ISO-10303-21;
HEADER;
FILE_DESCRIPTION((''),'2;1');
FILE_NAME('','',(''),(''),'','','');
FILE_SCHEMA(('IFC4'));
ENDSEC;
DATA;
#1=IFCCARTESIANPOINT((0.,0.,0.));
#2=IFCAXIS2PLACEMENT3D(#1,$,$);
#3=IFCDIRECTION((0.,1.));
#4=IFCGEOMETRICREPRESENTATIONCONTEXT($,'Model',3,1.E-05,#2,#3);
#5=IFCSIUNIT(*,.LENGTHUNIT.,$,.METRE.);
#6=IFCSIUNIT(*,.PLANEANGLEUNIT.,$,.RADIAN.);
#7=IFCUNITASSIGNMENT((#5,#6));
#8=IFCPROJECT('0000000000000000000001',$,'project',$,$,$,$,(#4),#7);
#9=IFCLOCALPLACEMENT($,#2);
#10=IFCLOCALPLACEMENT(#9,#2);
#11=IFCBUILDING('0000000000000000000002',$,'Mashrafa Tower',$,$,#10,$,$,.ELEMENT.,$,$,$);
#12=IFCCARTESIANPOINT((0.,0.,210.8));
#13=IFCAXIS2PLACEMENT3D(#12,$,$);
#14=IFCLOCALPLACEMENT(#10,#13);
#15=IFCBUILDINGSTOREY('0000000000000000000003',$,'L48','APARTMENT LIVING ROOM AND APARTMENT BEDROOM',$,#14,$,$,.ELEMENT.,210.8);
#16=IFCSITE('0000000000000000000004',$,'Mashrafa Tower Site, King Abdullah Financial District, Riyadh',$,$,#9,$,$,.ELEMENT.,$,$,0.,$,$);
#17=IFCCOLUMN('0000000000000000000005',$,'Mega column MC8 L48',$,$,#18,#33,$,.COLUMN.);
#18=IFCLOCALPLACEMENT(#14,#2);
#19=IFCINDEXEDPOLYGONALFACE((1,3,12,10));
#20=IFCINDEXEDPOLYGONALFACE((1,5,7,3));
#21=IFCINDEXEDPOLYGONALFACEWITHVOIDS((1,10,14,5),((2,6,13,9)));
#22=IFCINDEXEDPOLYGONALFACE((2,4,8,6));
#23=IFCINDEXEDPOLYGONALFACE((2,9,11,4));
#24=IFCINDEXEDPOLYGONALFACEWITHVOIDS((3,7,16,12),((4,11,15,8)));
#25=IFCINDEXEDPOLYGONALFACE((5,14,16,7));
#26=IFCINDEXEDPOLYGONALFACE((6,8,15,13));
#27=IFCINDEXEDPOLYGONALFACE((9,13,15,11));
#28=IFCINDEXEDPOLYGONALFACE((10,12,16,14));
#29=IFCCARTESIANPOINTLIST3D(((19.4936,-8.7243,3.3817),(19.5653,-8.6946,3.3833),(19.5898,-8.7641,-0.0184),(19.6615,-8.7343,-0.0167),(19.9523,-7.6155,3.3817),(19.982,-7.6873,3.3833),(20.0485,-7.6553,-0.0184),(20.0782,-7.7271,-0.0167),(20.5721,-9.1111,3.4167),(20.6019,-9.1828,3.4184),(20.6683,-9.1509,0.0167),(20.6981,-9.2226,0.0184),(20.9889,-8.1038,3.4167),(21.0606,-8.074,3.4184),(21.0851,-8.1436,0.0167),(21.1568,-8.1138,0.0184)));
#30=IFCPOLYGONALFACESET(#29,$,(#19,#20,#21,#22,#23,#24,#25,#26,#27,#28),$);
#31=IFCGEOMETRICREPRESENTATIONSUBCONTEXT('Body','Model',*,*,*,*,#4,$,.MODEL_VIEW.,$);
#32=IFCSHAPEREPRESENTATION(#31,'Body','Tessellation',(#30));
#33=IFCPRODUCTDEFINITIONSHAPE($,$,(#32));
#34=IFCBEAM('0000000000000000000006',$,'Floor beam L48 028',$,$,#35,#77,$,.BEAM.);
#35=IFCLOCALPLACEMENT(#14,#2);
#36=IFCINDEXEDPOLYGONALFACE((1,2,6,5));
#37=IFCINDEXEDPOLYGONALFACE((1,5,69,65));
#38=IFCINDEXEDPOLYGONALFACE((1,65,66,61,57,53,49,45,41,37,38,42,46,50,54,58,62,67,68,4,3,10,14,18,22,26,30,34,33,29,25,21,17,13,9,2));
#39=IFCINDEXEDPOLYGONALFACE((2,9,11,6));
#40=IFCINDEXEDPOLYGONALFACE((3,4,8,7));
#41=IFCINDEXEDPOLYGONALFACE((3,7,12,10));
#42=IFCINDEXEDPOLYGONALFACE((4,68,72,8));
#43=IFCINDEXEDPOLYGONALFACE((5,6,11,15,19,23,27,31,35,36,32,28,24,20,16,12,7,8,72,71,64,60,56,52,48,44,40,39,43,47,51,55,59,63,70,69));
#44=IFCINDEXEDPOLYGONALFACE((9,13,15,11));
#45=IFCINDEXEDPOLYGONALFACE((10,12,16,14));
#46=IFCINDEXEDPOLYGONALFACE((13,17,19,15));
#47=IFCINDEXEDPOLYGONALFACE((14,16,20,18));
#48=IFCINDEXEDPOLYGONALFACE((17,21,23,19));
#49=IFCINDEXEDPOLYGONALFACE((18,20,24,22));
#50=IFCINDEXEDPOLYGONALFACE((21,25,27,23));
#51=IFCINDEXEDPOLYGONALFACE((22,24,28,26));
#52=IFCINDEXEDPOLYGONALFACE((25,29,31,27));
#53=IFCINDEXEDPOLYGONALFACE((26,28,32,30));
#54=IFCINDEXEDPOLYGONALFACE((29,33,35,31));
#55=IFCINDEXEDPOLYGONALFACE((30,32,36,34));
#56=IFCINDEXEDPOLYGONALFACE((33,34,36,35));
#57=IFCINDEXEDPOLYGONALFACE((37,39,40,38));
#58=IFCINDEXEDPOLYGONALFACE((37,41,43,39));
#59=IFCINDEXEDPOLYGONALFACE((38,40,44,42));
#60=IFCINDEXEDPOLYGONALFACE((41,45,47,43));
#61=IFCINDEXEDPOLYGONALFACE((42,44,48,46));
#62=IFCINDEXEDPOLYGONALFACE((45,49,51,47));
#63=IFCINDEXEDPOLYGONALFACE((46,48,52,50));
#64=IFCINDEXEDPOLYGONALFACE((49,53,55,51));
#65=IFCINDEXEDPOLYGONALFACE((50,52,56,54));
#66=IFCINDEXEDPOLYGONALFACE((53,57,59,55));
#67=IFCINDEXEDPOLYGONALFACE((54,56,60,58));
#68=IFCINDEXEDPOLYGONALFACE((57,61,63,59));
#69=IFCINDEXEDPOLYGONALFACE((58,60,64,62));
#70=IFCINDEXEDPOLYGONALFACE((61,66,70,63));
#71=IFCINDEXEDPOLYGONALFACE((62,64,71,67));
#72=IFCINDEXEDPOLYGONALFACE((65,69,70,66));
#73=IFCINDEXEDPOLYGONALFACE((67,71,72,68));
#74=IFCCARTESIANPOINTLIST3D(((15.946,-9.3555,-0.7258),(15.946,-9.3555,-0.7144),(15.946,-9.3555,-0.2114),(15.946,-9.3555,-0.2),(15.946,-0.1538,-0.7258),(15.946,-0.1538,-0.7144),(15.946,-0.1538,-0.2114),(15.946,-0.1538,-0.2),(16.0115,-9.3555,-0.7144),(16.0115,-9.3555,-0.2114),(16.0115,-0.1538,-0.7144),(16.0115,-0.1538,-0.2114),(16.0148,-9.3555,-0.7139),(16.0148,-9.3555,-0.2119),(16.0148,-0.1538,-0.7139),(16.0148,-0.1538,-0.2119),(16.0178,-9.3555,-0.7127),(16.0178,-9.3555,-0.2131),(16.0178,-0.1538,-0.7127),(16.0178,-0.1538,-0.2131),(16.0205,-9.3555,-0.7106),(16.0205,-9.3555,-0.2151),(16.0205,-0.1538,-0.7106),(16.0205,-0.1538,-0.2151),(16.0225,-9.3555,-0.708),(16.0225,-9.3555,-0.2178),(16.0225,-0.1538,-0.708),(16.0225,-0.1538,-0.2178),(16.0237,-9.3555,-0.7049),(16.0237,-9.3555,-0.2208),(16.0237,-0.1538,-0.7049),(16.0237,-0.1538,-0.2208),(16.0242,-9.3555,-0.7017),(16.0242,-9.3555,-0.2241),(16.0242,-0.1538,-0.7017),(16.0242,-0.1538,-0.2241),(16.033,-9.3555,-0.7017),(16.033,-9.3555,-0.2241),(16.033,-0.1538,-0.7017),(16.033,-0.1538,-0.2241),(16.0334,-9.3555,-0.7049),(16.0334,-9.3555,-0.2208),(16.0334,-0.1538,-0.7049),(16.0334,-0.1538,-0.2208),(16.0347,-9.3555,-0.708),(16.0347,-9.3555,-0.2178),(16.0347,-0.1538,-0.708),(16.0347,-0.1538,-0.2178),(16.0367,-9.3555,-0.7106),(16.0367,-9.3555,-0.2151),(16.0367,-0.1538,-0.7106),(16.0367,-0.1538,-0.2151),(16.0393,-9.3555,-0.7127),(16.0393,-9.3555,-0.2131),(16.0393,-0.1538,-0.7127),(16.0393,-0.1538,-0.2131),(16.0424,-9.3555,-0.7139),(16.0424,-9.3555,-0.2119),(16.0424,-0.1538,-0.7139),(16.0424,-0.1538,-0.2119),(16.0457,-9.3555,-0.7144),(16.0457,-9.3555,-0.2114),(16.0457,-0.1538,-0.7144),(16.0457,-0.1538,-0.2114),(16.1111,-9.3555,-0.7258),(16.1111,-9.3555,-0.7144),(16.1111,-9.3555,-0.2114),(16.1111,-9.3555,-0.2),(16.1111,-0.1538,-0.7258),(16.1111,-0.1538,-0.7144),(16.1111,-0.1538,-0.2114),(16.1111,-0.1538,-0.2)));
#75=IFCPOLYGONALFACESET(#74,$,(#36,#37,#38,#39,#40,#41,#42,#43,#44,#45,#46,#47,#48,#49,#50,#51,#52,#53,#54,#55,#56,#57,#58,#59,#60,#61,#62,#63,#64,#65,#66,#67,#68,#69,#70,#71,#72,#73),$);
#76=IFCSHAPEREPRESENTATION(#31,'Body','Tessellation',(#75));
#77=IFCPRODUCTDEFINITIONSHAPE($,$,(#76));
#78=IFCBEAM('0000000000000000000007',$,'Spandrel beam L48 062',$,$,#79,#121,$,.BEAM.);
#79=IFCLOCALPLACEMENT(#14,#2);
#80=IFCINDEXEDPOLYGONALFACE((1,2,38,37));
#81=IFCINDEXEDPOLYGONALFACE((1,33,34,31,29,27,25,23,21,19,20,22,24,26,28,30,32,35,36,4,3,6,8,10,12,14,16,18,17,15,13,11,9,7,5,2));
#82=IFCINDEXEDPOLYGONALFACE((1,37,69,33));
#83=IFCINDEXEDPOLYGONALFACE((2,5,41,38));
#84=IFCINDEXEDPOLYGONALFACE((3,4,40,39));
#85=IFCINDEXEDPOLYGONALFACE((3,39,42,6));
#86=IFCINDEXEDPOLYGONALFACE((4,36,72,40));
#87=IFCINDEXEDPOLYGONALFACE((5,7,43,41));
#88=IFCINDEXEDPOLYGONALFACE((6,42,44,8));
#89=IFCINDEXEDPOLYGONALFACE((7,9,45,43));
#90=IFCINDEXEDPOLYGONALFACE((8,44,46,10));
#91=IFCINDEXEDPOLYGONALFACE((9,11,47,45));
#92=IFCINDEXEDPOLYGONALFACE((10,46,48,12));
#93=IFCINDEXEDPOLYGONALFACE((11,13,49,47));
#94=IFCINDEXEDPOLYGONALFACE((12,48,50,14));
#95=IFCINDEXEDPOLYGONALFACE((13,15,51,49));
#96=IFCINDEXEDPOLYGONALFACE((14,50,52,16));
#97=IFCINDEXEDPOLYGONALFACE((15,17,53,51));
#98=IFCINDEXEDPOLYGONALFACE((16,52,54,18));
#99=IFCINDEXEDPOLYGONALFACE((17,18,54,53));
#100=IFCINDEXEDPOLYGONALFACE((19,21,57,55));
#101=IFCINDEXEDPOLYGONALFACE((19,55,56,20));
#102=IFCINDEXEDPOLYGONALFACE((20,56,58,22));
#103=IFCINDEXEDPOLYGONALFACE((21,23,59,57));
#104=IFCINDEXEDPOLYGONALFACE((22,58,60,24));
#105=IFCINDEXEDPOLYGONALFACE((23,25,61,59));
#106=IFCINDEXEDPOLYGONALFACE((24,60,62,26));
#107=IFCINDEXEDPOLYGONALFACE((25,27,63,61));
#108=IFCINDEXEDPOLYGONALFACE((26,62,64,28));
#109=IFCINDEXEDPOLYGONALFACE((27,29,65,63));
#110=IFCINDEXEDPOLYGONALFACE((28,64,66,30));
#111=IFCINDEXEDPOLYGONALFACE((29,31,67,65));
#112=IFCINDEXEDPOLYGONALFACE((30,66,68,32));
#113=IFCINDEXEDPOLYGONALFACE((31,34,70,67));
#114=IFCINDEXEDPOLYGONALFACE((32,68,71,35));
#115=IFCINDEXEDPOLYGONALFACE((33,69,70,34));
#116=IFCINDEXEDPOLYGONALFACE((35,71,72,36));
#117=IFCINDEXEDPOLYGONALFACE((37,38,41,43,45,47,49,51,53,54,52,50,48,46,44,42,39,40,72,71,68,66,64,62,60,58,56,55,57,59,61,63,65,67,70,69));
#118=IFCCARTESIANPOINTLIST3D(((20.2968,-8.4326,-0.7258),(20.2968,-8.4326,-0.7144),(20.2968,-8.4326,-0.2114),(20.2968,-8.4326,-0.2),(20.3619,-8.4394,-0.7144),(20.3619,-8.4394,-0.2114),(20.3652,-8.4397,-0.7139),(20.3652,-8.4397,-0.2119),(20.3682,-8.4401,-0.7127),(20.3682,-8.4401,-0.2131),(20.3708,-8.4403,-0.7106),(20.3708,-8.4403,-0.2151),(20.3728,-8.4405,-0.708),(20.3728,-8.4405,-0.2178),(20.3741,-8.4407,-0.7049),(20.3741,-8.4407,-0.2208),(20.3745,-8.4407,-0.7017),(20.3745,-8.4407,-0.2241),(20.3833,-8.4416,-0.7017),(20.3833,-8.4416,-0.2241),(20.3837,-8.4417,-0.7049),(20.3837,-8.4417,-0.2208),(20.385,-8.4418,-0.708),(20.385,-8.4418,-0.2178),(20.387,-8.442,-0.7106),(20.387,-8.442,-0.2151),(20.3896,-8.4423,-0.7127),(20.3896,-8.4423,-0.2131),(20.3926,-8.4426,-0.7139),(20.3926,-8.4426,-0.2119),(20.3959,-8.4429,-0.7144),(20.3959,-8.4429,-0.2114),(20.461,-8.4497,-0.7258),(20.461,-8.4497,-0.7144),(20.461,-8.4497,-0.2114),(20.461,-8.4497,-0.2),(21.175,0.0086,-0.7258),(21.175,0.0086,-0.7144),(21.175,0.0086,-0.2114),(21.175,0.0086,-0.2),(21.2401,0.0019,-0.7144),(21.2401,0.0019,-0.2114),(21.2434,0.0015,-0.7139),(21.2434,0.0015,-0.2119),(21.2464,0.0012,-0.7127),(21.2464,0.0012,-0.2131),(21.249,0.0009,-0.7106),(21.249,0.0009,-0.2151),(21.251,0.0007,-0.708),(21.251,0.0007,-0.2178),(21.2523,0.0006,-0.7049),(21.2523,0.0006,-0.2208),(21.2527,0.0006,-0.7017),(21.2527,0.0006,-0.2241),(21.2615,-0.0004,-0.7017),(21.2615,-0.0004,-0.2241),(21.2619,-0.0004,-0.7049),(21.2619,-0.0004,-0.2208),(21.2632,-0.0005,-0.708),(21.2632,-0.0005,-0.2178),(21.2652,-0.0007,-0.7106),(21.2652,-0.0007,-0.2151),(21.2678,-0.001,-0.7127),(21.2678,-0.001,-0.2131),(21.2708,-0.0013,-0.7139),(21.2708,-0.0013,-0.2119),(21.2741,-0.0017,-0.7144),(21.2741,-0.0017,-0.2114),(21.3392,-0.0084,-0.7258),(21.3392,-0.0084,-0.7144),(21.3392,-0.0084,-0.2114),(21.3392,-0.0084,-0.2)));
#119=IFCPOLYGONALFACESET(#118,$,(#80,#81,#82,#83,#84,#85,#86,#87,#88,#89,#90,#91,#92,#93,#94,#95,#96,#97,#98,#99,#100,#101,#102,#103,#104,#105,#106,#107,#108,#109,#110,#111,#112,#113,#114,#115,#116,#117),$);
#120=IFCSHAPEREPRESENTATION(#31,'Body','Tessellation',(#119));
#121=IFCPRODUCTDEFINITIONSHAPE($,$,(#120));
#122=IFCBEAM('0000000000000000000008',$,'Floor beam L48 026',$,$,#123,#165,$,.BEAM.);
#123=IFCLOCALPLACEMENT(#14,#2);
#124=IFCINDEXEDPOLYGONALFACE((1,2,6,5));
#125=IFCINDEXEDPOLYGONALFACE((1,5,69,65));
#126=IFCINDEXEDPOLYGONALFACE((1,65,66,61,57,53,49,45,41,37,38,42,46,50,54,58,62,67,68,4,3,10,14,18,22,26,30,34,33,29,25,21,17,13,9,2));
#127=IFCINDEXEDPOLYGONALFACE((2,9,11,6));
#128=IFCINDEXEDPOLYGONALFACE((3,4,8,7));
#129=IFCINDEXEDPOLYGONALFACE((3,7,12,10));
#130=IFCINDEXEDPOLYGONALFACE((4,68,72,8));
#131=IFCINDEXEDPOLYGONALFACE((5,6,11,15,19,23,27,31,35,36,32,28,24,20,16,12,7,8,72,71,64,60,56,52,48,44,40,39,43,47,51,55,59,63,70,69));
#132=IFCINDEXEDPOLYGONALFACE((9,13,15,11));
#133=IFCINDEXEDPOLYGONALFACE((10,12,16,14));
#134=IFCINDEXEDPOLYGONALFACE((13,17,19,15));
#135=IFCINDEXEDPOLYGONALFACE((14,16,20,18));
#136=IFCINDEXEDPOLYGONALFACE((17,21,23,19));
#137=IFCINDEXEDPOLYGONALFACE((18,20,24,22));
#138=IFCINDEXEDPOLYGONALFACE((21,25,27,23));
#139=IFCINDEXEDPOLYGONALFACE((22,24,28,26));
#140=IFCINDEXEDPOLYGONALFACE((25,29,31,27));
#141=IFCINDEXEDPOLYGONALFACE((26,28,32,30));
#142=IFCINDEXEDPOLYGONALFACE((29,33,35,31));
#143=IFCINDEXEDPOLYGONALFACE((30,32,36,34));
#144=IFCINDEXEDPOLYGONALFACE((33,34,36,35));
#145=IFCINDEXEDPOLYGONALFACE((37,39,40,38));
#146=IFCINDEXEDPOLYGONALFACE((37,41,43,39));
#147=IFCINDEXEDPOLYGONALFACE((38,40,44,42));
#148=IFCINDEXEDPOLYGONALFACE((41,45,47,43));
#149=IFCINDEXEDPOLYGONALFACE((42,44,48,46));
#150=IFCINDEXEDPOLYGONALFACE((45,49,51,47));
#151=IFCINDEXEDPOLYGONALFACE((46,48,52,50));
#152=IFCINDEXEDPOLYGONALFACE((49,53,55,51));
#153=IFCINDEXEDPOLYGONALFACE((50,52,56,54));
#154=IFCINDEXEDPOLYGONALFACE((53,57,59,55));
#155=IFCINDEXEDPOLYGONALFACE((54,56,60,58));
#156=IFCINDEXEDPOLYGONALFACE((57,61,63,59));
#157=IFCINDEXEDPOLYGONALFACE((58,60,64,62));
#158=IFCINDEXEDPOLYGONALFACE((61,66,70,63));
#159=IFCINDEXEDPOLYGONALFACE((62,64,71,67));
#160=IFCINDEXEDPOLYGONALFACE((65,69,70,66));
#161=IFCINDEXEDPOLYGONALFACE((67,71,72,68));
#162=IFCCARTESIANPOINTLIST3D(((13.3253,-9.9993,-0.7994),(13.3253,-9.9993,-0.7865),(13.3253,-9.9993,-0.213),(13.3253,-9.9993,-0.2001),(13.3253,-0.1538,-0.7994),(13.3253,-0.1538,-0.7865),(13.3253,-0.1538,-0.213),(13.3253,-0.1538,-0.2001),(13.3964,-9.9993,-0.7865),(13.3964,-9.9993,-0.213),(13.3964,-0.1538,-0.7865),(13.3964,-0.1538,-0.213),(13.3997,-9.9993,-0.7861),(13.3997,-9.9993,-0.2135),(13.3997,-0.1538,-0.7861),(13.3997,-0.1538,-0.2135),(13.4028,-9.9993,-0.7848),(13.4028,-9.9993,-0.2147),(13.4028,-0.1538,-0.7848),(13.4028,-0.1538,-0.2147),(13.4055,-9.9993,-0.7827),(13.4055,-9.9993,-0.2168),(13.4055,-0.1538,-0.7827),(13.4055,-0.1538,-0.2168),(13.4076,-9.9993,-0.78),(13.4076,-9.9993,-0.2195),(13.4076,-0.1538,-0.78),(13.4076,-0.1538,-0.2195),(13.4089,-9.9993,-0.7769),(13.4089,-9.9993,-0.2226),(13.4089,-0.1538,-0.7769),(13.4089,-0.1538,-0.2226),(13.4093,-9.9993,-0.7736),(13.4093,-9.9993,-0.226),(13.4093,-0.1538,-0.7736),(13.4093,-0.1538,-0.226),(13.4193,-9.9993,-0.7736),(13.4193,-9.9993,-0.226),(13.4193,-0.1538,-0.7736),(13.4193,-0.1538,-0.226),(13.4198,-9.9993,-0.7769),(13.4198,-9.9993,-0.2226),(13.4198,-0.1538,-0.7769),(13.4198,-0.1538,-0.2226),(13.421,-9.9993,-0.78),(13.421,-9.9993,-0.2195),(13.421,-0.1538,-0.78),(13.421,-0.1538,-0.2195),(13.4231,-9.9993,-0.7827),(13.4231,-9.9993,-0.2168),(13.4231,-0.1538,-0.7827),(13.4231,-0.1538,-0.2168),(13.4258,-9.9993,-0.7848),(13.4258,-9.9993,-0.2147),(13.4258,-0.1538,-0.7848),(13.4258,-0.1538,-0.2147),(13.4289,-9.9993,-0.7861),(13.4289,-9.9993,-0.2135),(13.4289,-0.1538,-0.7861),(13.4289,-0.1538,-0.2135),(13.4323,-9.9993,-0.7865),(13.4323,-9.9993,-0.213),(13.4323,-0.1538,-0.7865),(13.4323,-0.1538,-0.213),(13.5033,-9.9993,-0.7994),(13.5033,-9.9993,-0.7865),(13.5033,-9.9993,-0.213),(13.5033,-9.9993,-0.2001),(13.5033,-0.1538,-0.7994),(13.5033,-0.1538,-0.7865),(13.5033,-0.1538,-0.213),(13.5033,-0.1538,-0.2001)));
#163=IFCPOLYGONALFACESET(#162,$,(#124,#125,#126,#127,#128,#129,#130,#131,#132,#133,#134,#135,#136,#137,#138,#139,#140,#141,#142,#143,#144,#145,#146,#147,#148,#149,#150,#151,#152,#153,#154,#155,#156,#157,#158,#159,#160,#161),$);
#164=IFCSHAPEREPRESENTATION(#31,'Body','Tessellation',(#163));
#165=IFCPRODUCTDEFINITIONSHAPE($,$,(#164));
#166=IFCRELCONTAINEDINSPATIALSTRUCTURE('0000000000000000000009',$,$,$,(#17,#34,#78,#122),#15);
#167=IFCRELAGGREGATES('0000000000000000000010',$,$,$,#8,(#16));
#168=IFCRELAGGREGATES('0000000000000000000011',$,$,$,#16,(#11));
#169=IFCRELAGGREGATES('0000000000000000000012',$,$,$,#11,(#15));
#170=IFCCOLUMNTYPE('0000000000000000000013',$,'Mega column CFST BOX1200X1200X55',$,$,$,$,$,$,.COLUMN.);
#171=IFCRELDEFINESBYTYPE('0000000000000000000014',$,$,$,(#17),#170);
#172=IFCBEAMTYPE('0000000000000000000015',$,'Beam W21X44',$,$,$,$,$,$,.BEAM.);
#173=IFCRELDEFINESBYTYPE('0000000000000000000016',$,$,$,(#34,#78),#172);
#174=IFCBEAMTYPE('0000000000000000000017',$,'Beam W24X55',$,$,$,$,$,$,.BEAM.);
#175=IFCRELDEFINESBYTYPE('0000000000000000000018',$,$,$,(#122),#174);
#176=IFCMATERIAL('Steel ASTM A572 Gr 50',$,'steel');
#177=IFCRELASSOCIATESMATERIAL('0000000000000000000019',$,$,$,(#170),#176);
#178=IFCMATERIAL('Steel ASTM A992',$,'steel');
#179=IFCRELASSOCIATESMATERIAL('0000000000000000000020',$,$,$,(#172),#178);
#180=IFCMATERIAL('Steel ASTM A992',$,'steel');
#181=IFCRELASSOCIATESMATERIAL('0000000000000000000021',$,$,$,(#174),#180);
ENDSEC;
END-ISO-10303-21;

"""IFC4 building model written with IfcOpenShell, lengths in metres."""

from ifc_helpers import new_model, si_unit, direction, frame, origin, origin_2d, place, context, subcontext, project, spatial, hollow_rectangle, i_section, extrude, material, material_profile, profile_set, type_object, element, save


model = new_model("IFC4")

# Units and contexts
model_context = context("Model", 3, precision=1e-05, world=origin(), true_north=direction((0.0, 1.0)))
body_context = subcontext(model_context, "Body", "Model", "MODEL_VIEW")
ifc_project = project(units=[si_unit("LENGTHUNIT", "METRE"), si_unit("PLANEANGLEUNIT", "RADIAN")], contexts=[model_context])

# Site, building, storey
site_placement = place(None, origin())
site = spatial("IfcSite", under=ifc_project, at=site_placement, Name="Mashrafa Tower Site, King Abdullah Financial District, Riyadh", CompositionType="ELEMENT", RefElevation=0.0)
building_placement = place(site_placement, origin())
building = spatial("IfcBuilding", under=site, at=building_placement, Name="Mashrafa Tower", CompositionType="ELEMENT")
storey_placement = place(building_placement, frame((0.0, 0.0, 210.8)))
storey = spatial("IfcBuildingStorey", under=building, at=storey_placement, Name="L48", Description="APARTMENT LIVING ROOM AND APARTMENT BEDROOM", CompositionType="ELEMENT", Elevation=210.8)

# Column
ifc_material_1 = material(Name="Steel ASTM A572 Gr 50", Category="steel")
ifc_material_profile_1 = material_profile(ifc_material_1, hollow_rectangle(XDim=1.2, YDim=1.2, WallThickness=0.0549, at=origin_2d()), Name="BOX1200X1200X55")
ifc_profile_set_1 = profile_set([ifc_material_profile_1], Name="Steel ASTM A572 Gr 50")
column_type = type_object("IfcColumnType", Name="Mega column CFST BOX1200X1200X55", PredefinedType="COLUMN", material=ifc_profile_set_1)
column_placement = place(storey_placement, frame((20.3733, -8.439, 0.0), z_axis=(-0.028279, 0.011699, 0.999532), x_axis=(-0.382283, -0.924045, 0.0)))
element("IfcColumn", 1, at=column_placement, inside=storey, type_object=column_type, Name="Mega column MC8 L48", PredefinedType="COLUMN", context=body_context, shape_type="SweptSolid", body=[
    extrude(hollow_rectangle(XDim=1.2, YDim=1.2, WallThickness=0.0549, at=origin_2d()), origin(), (0.0, 0.0, 1.0), 3.4016),
])

# Beams
ifc_material_2 = material(Name="Steel ASTM A992", Category="steel")
ifc_material_profile_2 = material_profile(ifc_material_2, i_section(OverallWidth=0.165, OverallDepth=0.5259, WebThickness=0.0088, FlangeThickness=0.0115, FilletRadius=0.0127, at=origin_2d()), Name="W21X44")
ifc_profile_set_2 = profile_set([ifc_material_profile_2], Name="Steel ASTM A992")
beam_type_1 = type_object("IfcBeamType", Name="Beam W21X44", PredefinedType="BEAM", material=ifc_profile_set_2)
beam_1_placement = place(storey_placement, frame((16.0286, -0.1538, -0.4629), z_axis=(0.0, -1.0, 0.0), x_axis=(1.0, 0.0, 0.0)))
element("IfcBeam", 2, at=beam_1_placement, inside=storey, type_object=beam_type_1, Name="Floor beam L48 028", PredefinedType="BEAM", context=body_context, shape_type="SweptSolid", body=[
    extrude(i_section(OverallWidth=0.165, OverallDepth=0.5259, WebThickness=0.0088, FlangeThickness=0.0115, FilletRadius=0.0127, at=origin_2d()), origin(), (0.0, 0.0, 1.0), 9.2017),
])
beam_2_placement = place(storey_placement, frame((20.3789, -8.4412, -0.4629), z_axis=(0.103476, 0.994632, 0.0), x_axis=(-0.994632, 0.103476, 0.0)))
element("IfcBeam", 3, at=beam_2_placement, inside=storey, type_object=beam_type_1, Name="Spandrel beam L48 062", PredefinedType="BEAM", context=body_context, shape_type="SweptSolid", body=[
    extrude(i_section(OverallWidth=0.165, OverallDepth=0.5259, WebThickness=0.0088, FlangeThickness=0.0115, FilletRadius=0.0127, at=origin_2d()), origin(), (0.0, 0.0, 1.0), 8.4868),
])
ifc_material_3 = material(Name="Steel ASTM A992", Category="steel")
ifc_material_profile_3 = material_profile(ifc_material_3, i_section(OverallWidth=0.178, OverallDepth=0.5994, WebThickness=0.01, FlangeThickness=0.0129, FilletRadius=0.0129, at=origin_2d()), Name="W24X55")
ifc_profile_set_3 = profile_set([ifc_material_profile_3], Name="Steel ASTM A992")
beam_type_2 = type_object("IfcBeamType", Name="Beam W24X55", PredefinedType="BEAM", material=ifc_profile_set_3)
beam_3_placement = place(storey_placement, frame((13.4143, -0.1538, -0.4998), z_axis=(0.0, -1.0, 0.0), x_axis=(1.0, 0.0, 0.0)))
element("IfcBeam", 4, at=beam_3_placement, inside=storey, type_object=beam_type_2, Name="Floor beam L48 026", PredefinedType="BEAM", context=body_context, shape_type="SweptSolid", body=[
    extrude(i_section(OverallWidth=0.178, OverallDepth=0.5994, WebThickness=0.01, FlangeThickness=0.0129, FilletRadius=0.0129, at=origin_2d()), origin(), (0.0, 0.0, 1.0), 9.8455),
])

save(model, "model.ifc")
